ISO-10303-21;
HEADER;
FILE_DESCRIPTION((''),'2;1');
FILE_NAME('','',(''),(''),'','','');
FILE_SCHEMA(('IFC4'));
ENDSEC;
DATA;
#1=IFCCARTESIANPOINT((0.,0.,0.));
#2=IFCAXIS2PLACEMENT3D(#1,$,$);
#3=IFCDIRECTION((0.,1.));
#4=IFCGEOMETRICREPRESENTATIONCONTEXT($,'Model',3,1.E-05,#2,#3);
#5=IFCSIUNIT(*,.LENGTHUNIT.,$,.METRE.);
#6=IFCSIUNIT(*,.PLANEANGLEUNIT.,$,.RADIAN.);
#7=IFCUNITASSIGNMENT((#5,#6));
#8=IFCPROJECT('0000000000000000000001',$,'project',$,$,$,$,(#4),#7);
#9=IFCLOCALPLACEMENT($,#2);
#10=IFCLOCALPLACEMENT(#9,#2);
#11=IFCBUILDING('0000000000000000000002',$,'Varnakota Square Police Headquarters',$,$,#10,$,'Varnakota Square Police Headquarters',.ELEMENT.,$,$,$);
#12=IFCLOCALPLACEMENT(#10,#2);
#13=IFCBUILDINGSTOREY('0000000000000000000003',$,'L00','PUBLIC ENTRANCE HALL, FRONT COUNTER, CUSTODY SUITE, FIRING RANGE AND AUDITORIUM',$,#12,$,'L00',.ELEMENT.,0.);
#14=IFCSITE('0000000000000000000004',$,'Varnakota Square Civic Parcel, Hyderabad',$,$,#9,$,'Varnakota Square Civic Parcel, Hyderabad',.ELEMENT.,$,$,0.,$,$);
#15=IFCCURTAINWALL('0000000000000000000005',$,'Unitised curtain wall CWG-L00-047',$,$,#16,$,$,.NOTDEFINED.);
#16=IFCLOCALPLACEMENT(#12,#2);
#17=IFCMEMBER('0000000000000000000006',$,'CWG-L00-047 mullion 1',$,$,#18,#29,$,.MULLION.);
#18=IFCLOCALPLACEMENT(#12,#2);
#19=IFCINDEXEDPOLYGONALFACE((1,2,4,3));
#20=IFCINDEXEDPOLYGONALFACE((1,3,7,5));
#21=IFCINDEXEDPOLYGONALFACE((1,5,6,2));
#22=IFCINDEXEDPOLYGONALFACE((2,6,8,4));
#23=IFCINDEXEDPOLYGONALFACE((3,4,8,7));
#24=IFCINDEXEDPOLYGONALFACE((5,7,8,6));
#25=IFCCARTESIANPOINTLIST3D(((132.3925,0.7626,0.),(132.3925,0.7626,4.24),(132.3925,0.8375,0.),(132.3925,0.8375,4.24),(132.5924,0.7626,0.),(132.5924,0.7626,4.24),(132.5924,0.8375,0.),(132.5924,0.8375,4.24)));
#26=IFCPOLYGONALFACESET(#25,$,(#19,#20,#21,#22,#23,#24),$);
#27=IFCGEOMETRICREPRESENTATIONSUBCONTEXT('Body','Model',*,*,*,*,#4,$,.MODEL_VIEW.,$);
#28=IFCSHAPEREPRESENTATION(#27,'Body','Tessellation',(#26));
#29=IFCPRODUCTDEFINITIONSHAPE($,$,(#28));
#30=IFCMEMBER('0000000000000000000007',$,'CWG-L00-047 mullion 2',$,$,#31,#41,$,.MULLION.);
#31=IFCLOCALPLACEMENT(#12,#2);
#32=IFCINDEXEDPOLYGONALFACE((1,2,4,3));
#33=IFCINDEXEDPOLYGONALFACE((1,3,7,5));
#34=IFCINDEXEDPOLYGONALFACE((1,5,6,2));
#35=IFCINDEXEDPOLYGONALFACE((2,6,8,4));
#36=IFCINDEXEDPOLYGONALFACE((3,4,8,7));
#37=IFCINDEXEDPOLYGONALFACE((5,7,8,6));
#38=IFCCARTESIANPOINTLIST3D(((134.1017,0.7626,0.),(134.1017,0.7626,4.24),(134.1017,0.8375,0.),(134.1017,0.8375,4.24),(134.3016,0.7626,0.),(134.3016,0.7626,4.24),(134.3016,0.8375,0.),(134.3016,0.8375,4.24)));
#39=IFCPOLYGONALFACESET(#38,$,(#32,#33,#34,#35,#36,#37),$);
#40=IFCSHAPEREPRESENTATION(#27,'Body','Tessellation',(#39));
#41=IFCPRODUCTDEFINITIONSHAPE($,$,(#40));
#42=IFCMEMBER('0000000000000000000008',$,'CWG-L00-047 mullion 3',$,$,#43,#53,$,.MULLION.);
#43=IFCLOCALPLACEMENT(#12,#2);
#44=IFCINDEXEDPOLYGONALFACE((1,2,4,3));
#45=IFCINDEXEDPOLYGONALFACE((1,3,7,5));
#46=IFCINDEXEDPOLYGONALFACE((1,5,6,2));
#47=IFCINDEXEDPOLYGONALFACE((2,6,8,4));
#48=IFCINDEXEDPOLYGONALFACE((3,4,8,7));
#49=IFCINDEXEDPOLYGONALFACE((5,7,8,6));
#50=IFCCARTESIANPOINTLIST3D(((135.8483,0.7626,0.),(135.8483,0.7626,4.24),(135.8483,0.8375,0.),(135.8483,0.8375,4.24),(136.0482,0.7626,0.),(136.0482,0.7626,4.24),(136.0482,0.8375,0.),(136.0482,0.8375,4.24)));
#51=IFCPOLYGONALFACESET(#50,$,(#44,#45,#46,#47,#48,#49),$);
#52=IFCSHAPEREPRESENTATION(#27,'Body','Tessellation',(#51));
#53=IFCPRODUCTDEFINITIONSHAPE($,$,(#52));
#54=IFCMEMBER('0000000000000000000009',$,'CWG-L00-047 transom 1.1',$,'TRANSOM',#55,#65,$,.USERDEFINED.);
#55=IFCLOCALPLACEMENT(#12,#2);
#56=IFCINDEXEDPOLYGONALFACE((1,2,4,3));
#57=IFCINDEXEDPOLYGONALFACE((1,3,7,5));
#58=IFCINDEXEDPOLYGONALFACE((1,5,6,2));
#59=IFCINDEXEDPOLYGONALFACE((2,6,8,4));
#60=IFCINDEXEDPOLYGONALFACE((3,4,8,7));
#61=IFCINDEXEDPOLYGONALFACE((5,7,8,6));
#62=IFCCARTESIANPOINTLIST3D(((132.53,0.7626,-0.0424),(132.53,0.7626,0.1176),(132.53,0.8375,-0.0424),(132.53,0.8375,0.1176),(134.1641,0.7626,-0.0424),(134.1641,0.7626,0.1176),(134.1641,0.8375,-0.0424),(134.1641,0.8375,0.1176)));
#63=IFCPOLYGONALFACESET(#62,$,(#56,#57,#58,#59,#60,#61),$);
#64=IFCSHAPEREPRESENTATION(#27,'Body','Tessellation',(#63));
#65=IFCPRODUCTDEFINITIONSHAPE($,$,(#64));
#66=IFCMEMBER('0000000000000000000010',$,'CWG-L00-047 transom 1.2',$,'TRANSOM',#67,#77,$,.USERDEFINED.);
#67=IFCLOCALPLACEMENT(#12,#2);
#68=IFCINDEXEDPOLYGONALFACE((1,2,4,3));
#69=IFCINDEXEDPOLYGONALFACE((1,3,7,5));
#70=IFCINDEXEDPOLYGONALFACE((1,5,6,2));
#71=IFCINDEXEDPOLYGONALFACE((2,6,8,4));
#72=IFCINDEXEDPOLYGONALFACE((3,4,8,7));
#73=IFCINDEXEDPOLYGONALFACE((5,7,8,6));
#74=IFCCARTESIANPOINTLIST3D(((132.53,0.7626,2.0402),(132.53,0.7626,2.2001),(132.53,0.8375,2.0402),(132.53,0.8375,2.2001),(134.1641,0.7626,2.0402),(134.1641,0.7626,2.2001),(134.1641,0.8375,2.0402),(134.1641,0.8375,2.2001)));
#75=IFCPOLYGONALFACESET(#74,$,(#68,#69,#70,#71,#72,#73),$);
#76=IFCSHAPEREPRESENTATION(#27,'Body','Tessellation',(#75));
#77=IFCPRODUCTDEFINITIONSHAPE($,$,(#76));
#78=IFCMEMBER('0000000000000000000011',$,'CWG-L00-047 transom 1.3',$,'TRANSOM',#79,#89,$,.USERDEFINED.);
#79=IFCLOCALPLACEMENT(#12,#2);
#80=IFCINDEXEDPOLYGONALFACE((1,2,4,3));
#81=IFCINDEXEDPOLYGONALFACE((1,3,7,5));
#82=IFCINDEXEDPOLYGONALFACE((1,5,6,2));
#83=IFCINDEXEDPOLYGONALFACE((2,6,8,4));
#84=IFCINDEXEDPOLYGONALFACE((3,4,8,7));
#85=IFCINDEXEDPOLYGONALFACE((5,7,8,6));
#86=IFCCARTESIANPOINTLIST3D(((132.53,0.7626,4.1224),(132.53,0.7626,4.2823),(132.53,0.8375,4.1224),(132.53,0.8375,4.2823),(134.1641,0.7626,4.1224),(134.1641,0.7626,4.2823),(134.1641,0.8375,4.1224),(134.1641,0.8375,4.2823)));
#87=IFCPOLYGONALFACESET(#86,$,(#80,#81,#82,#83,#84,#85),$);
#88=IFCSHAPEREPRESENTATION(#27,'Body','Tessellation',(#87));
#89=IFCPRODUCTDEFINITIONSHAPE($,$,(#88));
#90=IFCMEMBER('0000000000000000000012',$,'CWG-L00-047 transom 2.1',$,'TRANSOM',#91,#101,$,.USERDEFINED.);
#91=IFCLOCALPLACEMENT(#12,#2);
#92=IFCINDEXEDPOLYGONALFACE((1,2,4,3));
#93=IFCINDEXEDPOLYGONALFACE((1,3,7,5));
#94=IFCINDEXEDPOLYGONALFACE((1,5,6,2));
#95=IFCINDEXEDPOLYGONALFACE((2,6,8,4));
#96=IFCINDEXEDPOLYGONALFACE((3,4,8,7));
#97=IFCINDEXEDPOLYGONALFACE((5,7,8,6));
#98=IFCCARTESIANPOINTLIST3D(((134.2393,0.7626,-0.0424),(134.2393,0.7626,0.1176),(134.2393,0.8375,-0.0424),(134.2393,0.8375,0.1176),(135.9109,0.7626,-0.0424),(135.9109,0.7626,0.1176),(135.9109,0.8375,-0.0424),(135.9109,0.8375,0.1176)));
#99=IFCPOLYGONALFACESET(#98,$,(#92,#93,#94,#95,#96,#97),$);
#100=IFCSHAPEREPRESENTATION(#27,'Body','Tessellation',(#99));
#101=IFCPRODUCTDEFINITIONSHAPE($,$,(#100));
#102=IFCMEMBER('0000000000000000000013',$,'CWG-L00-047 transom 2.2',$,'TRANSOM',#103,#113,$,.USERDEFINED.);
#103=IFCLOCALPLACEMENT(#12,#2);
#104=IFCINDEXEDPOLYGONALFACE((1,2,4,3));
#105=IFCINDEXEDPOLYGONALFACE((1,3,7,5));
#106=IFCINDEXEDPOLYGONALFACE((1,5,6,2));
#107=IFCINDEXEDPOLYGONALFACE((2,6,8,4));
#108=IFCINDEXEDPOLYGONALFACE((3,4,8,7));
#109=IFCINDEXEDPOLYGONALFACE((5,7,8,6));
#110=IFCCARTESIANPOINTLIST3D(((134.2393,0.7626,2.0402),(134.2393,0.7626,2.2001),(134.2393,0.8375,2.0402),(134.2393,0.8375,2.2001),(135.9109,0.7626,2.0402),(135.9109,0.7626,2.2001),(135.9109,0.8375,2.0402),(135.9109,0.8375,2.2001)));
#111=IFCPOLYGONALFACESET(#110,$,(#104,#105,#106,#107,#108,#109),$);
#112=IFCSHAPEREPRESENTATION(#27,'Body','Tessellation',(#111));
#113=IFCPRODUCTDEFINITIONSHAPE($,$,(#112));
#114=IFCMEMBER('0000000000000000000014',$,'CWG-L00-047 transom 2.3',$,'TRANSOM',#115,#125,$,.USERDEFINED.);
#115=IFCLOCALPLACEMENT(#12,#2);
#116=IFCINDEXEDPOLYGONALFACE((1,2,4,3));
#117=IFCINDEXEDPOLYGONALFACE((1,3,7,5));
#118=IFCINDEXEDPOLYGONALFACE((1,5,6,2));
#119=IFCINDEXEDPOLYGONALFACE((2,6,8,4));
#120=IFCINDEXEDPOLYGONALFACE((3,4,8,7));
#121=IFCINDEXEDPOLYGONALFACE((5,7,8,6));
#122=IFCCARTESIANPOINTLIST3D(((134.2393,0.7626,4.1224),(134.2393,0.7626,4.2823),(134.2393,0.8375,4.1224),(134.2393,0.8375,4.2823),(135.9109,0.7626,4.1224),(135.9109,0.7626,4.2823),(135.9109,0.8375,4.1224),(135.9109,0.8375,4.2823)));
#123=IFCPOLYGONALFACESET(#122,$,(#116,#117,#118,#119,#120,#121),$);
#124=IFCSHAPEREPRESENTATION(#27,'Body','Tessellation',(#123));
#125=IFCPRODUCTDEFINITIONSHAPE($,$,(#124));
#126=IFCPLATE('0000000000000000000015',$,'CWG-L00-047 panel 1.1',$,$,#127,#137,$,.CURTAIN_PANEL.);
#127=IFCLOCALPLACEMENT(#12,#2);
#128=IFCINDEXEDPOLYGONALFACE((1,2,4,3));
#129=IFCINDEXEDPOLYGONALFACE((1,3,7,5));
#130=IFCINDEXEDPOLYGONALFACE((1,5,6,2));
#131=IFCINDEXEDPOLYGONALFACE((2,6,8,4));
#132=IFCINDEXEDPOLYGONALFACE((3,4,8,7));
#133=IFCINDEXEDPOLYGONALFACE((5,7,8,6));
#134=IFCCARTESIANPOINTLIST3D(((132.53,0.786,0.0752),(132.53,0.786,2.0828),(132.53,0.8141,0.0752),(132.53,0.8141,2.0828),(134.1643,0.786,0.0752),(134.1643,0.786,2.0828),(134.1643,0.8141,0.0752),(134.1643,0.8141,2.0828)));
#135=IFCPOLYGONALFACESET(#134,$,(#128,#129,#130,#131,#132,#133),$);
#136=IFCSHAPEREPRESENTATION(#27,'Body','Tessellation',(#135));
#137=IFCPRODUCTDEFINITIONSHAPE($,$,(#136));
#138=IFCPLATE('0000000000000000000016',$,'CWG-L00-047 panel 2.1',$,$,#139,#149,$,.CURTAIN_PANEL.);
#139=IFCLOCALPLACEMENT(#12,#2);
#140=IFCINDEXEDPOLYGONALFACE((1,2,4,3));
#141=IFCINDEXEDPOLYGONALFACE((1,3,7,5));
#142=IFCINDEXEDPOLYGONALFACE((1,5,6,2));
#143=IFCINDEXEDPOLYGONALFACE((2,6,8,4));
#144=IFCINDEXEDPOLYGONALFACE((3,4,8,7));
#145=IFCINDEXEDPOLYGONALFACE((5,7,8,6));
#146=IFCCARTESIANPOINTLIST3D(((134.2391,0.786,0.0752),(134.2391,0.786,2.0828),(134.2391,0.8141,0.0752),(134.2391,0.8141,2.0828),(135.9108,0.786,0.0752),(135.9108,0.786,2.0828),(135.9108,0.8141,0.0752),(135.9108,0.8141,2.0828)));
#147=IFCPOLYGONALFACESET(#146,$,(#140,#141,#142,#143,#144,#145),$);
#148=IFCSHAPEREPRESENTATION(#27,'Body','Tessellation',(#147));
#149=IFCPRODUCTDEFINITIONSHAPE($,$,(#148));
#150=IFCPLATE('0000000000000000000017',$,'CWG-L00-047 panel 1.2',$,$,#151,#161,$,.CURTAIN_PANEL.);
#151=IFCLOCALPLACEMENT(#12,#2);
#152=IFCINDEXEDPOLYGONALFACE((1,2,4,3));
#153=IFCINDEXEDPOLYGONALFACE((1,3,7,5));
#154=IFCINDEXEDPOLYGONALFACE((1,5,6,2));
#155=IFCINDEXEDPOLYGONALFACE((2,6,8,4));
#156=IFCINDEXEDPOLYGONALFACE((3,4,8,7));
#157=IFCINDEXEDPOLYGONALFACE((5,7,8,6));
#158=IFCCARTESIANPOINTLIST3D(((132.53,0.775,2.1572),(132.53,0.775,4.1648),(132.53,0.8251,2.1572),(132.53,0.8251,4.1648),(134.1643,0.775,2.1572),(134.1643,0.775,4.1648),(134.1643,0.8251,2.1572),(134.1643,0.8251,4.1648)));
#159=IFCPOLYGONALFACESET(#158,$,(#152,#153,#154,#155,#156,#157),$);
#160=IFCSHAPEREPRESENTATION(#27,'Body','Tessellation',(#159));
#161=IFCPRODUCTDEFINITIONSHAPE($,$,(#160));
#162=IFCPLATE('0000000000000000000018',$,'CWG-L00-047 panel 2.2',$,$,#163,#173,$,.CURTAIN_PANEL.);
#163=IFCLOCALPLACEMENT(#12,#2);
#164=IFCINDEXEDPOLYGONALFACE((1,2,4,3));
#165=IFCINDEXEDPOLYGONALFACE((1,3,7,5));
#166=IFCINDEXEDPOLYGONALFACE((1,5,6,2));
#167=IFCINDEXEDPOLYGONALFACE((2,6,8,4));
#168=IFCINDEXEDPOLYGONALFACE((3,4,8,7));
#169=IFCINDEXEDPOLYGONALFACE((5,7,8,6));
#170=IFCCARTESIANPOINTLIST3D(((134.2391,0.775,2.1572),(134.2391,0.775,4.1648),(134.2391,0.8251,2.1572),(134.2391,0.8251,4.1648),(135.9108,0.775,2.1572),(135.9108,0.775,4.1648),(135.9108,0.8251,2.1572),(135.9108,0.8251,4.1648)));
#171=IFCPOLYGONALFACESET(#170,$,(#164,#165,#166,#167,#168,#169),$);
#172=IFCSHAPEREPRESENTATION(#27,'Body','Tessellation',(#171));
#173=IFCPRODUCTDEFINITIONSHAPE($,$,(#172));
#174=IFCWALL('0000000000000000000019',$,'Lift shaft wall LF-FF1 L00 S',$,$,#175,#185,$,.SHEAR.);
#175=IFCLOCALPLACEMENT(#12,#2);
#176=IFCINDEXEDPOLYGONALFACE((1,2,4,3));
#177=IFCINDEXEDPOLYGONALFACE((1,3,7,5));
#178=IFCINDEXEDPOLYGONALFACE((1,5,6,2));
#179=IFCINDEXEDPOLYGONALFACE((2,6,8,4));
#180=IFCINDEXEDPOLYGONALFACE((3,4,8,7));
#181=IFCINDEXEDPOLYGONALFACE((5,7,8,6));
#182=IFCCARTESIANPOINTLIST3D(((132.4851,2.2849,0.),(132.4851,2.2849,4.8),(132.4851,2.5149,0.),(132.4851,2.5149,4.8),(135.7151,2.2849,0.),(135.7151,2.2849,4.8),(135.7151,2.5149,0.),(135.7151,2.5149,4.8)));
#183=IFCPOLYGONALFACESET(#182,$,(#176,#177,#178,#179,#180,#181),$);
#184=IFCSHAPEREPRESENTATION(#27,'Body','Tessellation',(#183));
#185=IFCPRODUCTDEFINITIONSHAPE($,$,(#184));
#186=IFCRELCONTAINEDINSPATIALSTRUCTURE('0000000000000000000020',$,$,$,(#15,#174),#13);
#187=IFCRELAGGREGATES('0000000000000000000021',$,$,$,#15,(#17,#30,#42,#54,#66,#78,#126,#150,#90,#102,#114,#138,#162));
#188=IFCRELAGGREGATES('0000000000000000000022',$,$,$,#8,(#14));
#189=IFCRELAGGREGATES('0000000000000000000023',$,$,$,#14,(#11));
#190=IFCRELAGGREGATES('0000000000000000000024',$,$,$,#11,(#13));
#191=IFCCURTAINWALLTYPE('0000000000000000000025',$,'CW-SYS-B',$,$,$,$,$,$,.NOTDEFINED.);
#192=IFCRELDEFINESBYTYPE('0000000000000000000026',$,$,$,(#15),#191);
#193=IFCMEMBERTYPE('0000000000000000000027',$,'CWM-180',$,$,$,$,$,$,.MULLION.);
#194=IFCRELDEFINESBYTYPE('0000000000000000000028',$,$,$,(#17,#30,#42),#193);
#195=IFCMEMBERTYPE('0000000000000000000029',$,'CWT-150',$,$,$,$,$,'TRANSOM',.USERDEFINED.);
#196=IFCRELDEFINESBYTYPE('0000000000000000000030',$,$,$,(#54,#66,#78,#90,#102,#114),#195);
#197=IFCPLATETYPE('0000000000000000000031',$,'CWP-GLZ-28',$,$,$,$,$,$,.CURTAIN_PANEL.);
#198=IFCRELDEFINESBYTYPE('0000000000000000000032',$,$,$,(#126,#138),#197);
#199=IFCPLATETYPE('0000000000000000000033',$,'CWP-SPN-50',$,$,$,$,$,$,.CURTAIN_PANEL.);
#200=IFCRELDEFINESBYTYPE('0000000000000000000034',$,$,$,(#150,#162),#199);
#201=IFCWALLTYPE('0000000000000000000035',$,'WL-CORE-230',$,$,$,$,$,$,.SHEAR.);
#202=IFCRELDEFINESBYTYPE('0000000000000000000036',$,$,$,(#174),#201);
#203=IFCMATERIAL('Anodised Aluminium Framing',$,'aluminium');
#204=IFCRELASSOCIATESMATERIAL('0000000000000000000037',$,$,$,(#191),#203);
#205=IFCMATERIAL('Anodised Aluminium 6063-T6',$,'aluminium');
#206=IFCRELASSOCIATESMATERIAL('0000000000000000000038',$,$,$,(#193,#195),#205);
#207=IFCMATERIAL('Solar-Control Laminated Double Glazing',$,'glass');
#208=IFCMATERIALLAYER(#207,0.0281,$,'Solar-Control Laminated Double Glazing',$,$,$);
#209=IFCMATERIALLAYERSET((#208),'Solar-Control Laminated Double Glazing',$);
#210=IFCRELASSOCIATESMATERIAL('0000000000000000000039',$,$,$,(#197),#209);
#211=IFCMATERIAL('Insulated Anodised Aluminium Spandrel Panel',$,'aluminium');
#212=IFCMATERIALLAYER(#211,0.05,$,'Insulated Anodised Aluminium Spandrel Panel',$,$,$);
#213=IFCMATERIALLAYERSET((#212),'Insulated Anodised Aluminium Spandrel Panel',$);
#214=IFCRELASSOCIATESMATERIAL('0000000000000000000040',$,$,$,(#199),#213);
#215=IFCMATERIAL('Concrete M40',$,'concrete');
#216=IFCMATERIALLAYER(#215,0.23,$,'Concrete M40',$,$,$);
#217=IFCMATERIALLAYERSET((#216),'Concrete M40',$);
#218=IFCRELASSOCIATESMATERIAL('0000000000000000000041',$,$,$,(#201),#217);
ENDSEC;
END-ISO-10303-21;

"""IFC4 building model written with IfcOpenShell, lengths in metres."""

from ifc_helpers import new_model, si_unit, direction, frame, frame_2d, origin, origin_2d, place, context, subcontext, project, spatial, rectangle, extrude, material, layer, layer_set, material_profile, profile_set, type_object, element, aggregate, save


model = new_model("IFC4")

# Units and contexts
model_context = context("Model", 3, precision=1e-05, world=origin(), true_north=direction((0.0, 1.0)))
body_context = subcontext(model_context, "Body", "Model", "MODEL_VIEW")
ifc_project = project(units=[si_unit("LENGTHUNIT", "METRE"), si_unit("PLANEANGLEUNIT", "RADIAN")], contexts=[model_context])

# Site, building, storey
site_placement = place(None, origin())
site = spatial("IfcSite", under=ifc_project, at=site_placement, Name="Varnakota Square Civic Parcel, Hyderabad", LongName="Varnakota Square Civic Parcel, Hyderabad", CompositionType="ELEMENT", RefElevation=0.0)
building_placement = place(site_placement, origin())
building = spatial("IfcBuilding", under=site, at=building_placement, Name="Varnakota Square Police Headquarters", LongName="Varnakota Square Police Headquarters", CompositionType="ELEMENT")
storey_placement = place(building_placement, origin())
storey = spatial("IfcBuildingStorey", under=building, at=storey_placement, Name="L00", Description="PUBLIC ENTRANCE HALL, FRONT COUNTER, CUSTODY SUITE, FIRING RANGE AND AUDITORIUM", LongName="L00", CompositionType="ELEMENT", Elevation=0.0)

# Curtain wall, members, plates
ifc_material_1 = material(Name="Anodised Aluminium Framing", Category="aluminium")
curtain_wall_type = type_object("IfcCurtainWallType", Name="CW-SYS-B", PredefinedType="NOTDEFINED", material=ifc_material_1)
curtain_wall_placement = place(storey_placement, origin())
curtain_wall = element("IfcCurtainWall", 1, at=curtain_wall_placement, inside=storey, type_object=curtain_wall_type, Name="Unitised curtain wall CWG-L00-047", PredefinedType="NOTDEFINED")
ifc_material_2 = material(Name="Anodised Aluminium 6063-T6", Category="aluminium")
ifc_material_profile_1 = material_profile(ifc_material_2, rectangle(XDim=0.075, YDim=0.2, at=origin_2d()), Name="ALU MULLION 75x200")
ifc_profile_set_1 = profile_set([ifc_material_profile_1], Name="Anodised Aluminium 6063-T6")
member_type_1 = type_object("IfcMemberType", Name="CWM-180", PredefinedType="MULLION", material=ifc_profile_set_1)
member_1_placement = place(storey_placement, frame((132.4924, 0.8, 0.0), z_axis=(0.0, 0.0, 1.0), x_axis=(0.0, 1.0, 0.0)))
member_1 = element("IfcMember", 2, at=member_1_placement, type_object=member_type_1, Name="CWG-L00-047 mullion 1", PredefinedType="MULLION", context=body_context, shape_type="SweptSolid", body=[
    extrude(rectangle(XDim=0.075, YDim=0.2, at=origin_2d()), origin(), (0.0, 0.0, 1.0), 4.24),
])
member_2_placement = place(storey_placement, frame((134.2017, 0.8, 0.0), z_axis=(0.0, 0.0, 1.0), x_axis=(0.0, 1.0, 0.0)))
member_2 = element("IfcMember", 3, at=member_2_placement, type_object=member_type_1, Name="CWG-L00-047 mullion 2", PredefinedType="MULLION", context=body_context, shape_type="SweptSolid", body=[
    extrude(rectangle(XDim=0.075, YDim=0.2, at=origin_2d()), origin(), (0.0, 0.0, 1.0), 4.24),
])
member_3_placement = place(storey_placement, frame((135.9482, 0.8, 0.0), z_axis=(0.0, 0.0, 1.0), x_axis=(0.0, 1.0, 0.0)))
member_3 = element("IfcMember", 4, at=member_3_placement, type_object=member_type_1, Name="CWG-L00-047 mullion 3", PredefinedType="MULLION", context=body_context, shape_type="SweptSolid", body=[
    extrude(rectangle(XDim=0.075, YDim=0.2, at=origin_2d()), origin(), (0.0, 0.0, 1.0), 4.24),
])
ifc_material_profile_2 = material_profile(ifc_material_2, rectangle(XDim=0.075, YDim=0.1599, at=origin_2d()), Name="ALU TRANSOM 75x160")
ifc_profile_set_2 = profile_set([ifc_material_profile_2], Name="Anodised Aluminium 6063-T6")
member_type_2 = type_object("IfcMemberType", Name="CWT-150", ElementType="TRANSOM", PredefinedType="USERDEFINED", material=ifc_profile_set_2)
member_4_placement = place(storey_placement, frame((132.53, 0.8, 0.0376), z_axis=(1.0, 0.0, 0.0), x_axis=(0.0, 1.0, 0.0)))
member_4 = element("IfcMember", 5, at=member_4_placement, type_object=member_type_2, Name="CWG-L00-047 transom 1.1", ObjectType="TRANSOM", PredefinedType="USERDEFINED", context=body_context, shape_type="SweptSolid", body=[
    extrude(rectangle(XDim=0.075, YDim=0.1599, at=origin_2d()), origin(), (0.0, 0.0, 1.0), 1.634),
])
member_5_placement = place(storey_placement, frame((132.53, 0.8, 2.1201), z_axis=(1.0, 0.0, 0.0), x_axis=(0.0, 1.0, 0.0)))
member_5 = element("IfcMember", 6, at=member_5_placement, type_object=member_type_2, Name="CWG-L00-047 transom 1.2", ObjectType="TRANSOM", PredefinedType="USERDEFINED", context=body_context, shape_type="SweptSolid", body=[
    extrude(rectangle(XDim=0.075, YDim=0.1599, at=origin_2d()), origin(), (0.0, 0.0, 1.0), 1.634),
])
member_6_placement = place(storey_placement, frame((132.53, 0.8, 4.2024), z_axis=(1.0, 0.0, 0.0), x_axis=(0.0, 1.0, 0.0)))
member_6 = element("IfcMember", 7, at=member_6_placement, type_object=member_type_2, Name="CWG-L00-047 transom 1.3", ObjectType="TRANSOM", PredefinedType="USERDEFINED", context=body_context, shape_type="SweptSolid", body=[
    extrude(rectangle(XDim=0.075, YDim=0.1599, at=origin_2d()), origin(), (0.0, 0.0, 1.0), 1.634),
])
member_7_placement = place(storey_placement, frame((134.2393, 0.8, 0.0376), z_axis=(1.0, 0.0, 0.0), x_axis=(0.0, 1.0, 0.0)))
member_7 = element("IfcMember", 8, at=member_7_placement, type_object=member_type_2, Name="CWG-L00-047 transom 2.1", ObjectType="TRANSOM", PredefinedType="USERDEFINED", context=body_context, shape_type="SweptSolid", body=[
    extrude(rectangle(XDim=0.075, YDim=0.1599, at=origin_2d()), origin(), (0.0, 0.0, 1.0), 1.6716),
])
member_8_placement = place(storey_placement, frame((134.2393, 0.8, 2.1201), z_axis=(1.0, 0.0, 0.0), x_axis=(0.0, 1.0, 0.0)))
member_8 = element("IfcMember", 9, at=member_8_placement, type_object=member_type_2, Name="CWG-L00-047 transom 2.2", ObjectType="TRANSOM", PredefinedType="USERDEFINED", context=body_context, shape_type="SweptSolid", body=[
    extrude(rectangle(XDim=0.075, YDim=0.1599, at=origin_2d()), origin(), (0.0, 0.0, 1.0), 1.6716),
])
member_9_placement = place(storey_placement, frame((134.2393, 0.8, 4.2024), z_axis=(1.0, 0.0, 0.0), x_axis=(0.0, 1.0, 0.0)))
member_9 = element("IfcMember", 10, at=member_9_placement, type_object=member_type_2, Name="CWG-L00-047 transom 2.3", ObjectType="TRANSOM", PredefinedType="USERDEFINED", context=body_context, shape_type="SweptSolid", body=[
    extrude(rectangle(XDim=0.075, YDim=0.1599, at=origin_2d()), origin(), (0.0, 0.0, 1.0), 1.6716),
])
ifc_material_3 = material(Name="Solar-Control Laminated Double Glazing", Category="glass")
ifc_layer_1 = layer(ifc_material_3, 0.0281, Name="Solar-Control Laminated Double Glazing")
ifc_layer_set_1 = layer_set([ifc_layer_1], Name="Solar-Control Laminated Double Glazing")
plate_type_1 = type_object("IfcPlateType", Name="CWP-GLZ-28", PredefinedType="CURTAIN_PANEL", material=ifc_layer_set_1)
plate_1_placement = place(storey_placement, frame((133.3472, 0.8, 0.0752), z_axis=(0.0, 0.0, 1.0), x_axis=(1.0, 0.0, 0.0)))
plate_1 = element("IfcPlate", 11, at=plate_1_placement, type_object=plate_type_1, Name="CWG-L00-047 panel 1.1", PredefinedType="CURTAIN_PANEL", context=body_context, shape_type="SweptSolid", body=[
    extrude(rectangle(XDim=1.6343, YDim=0.0281, at=origin_2d()), origin(), (0.0, 0.0, 1.0), 2.0076),
])
plate_2_placement = place(storey_placement, frame((135.075, 0.8, 0.0752), z_axis=(0.0, 0.0, 1.0), x_axis=(1.0, 0.0, 0.0)))
plate_2 = element("IfcPlate", 12, at=plate_2_placement, type_object=plate_type_1, Name="CWG-L00-047 panel 2.1", PredefinedType="CURTAIN_PANEL", context=body_context, shape_type="SweptSolid", body=[
    extrude(rectangle(XDim=1.6716, YDim=0.0281, at=origin_2d()), origin(), (0.0, 0.0, 1.0), 2.0076),
])
ifc_material_4 = material(Name="Insulated Anodised Aluminium Spandrel Panel", Category="aluminium")
ifc_layer_2 = layer(ifc_material_4, 0.05, Name="Insulated Anodised Aluminium Spandrel Panel")
ifc_layer_set_2 = layer_set([ifc_layer_2], Name="Insulated Anodised Aluminium Spandrel Panel")
plate_type_2 = type_object("IfcPlateType", Name="CWP-SPN-50", PredefinedType="CURTAIN_PANEL", material=ifc_layer_set_2)
plate_3_placement = place(storey_placement, frame((133.3472, 0.8, 2.1572), z_axis=(0.0, 0.0, 1.0), x_axis=(1.0, 0.0, 0.0)))
plate_3 = element("IfcPlate", 13, at=plate_3_placement, type_object=plate_type_2, Name="CWG-L00-047 panel 1.2", PredefinedType="CURTAIN_PANEL", context=body_context, shape_type="SweptSolid", body=[
    extrude(rectangle(XDim=1.6343, YDim=0.05, at=origin_2d()), origin(), (0.0, 0.0, 1.0), 2.0076),
])
plate_4_placement = place(storey_placement, frame((135.075, 0.8, 2.1572), z_axis=(0.0, 0.0, 1.0), x_axis=(1.0, 0.0, 0.0)))
plate_4 = element("IfcPlate", 14, at=plate_4_placement, type_object=plate_type_2, Name="CWG-L00-047 panel 2.2", PredefinedType="CURTAIN_PANEL", context=body_context, shape_type="SweptSolid", body=[
    extrude(rectangle(XDim=1.6716, YDim=0.05, at=origin_2d()), origin(), (0.0, 0.0, 1.0), 2.0076),
])
aggregate(curtain_wall, [member_1, member_2, member_3, member_4, member_5, member_6, plate_1, plate_3, member_7, member_8, member_9, plate_2, plate_4])

# Wall
ifc_material_5 = material(Name="Concrete M40", Category="concrete")
ifc_layer_3 = layer(ifc_material_5, 0.23, Name="Concrete M40")
ifc_layer_set_3 = layer_set([ifc_layer_3], Name="Concrete M40")
wall_type_1 = type_object("IfcWallType", Name="WL-CORE-230", PredefinedType="SHEAR", material=ifc_layer_set_3)
wall_1_placement = place(storey_placement, frame((132.4851, 2.3999, 0.0), z_axis=(0.0, 0.0, 1.0), x_axis=(1.0, 0.0, 0.0)))
element("IfcWall", 15, at=wall_1_placement, inside=storey, type_object=wall_type_1, Name="Lift shaft wall LF-FF1 L00 S", PredefinedType="SHEAR", context=body_context, shape_type="SweptSolid", body=[
    extrude(rectangle(XDim=3.23, YDim=0.23, at=frame_2d((1.615, 0.0))), origin(), (0.0, 0.0, 1.0), 4.8),
])

save(model, "model.ifc")
